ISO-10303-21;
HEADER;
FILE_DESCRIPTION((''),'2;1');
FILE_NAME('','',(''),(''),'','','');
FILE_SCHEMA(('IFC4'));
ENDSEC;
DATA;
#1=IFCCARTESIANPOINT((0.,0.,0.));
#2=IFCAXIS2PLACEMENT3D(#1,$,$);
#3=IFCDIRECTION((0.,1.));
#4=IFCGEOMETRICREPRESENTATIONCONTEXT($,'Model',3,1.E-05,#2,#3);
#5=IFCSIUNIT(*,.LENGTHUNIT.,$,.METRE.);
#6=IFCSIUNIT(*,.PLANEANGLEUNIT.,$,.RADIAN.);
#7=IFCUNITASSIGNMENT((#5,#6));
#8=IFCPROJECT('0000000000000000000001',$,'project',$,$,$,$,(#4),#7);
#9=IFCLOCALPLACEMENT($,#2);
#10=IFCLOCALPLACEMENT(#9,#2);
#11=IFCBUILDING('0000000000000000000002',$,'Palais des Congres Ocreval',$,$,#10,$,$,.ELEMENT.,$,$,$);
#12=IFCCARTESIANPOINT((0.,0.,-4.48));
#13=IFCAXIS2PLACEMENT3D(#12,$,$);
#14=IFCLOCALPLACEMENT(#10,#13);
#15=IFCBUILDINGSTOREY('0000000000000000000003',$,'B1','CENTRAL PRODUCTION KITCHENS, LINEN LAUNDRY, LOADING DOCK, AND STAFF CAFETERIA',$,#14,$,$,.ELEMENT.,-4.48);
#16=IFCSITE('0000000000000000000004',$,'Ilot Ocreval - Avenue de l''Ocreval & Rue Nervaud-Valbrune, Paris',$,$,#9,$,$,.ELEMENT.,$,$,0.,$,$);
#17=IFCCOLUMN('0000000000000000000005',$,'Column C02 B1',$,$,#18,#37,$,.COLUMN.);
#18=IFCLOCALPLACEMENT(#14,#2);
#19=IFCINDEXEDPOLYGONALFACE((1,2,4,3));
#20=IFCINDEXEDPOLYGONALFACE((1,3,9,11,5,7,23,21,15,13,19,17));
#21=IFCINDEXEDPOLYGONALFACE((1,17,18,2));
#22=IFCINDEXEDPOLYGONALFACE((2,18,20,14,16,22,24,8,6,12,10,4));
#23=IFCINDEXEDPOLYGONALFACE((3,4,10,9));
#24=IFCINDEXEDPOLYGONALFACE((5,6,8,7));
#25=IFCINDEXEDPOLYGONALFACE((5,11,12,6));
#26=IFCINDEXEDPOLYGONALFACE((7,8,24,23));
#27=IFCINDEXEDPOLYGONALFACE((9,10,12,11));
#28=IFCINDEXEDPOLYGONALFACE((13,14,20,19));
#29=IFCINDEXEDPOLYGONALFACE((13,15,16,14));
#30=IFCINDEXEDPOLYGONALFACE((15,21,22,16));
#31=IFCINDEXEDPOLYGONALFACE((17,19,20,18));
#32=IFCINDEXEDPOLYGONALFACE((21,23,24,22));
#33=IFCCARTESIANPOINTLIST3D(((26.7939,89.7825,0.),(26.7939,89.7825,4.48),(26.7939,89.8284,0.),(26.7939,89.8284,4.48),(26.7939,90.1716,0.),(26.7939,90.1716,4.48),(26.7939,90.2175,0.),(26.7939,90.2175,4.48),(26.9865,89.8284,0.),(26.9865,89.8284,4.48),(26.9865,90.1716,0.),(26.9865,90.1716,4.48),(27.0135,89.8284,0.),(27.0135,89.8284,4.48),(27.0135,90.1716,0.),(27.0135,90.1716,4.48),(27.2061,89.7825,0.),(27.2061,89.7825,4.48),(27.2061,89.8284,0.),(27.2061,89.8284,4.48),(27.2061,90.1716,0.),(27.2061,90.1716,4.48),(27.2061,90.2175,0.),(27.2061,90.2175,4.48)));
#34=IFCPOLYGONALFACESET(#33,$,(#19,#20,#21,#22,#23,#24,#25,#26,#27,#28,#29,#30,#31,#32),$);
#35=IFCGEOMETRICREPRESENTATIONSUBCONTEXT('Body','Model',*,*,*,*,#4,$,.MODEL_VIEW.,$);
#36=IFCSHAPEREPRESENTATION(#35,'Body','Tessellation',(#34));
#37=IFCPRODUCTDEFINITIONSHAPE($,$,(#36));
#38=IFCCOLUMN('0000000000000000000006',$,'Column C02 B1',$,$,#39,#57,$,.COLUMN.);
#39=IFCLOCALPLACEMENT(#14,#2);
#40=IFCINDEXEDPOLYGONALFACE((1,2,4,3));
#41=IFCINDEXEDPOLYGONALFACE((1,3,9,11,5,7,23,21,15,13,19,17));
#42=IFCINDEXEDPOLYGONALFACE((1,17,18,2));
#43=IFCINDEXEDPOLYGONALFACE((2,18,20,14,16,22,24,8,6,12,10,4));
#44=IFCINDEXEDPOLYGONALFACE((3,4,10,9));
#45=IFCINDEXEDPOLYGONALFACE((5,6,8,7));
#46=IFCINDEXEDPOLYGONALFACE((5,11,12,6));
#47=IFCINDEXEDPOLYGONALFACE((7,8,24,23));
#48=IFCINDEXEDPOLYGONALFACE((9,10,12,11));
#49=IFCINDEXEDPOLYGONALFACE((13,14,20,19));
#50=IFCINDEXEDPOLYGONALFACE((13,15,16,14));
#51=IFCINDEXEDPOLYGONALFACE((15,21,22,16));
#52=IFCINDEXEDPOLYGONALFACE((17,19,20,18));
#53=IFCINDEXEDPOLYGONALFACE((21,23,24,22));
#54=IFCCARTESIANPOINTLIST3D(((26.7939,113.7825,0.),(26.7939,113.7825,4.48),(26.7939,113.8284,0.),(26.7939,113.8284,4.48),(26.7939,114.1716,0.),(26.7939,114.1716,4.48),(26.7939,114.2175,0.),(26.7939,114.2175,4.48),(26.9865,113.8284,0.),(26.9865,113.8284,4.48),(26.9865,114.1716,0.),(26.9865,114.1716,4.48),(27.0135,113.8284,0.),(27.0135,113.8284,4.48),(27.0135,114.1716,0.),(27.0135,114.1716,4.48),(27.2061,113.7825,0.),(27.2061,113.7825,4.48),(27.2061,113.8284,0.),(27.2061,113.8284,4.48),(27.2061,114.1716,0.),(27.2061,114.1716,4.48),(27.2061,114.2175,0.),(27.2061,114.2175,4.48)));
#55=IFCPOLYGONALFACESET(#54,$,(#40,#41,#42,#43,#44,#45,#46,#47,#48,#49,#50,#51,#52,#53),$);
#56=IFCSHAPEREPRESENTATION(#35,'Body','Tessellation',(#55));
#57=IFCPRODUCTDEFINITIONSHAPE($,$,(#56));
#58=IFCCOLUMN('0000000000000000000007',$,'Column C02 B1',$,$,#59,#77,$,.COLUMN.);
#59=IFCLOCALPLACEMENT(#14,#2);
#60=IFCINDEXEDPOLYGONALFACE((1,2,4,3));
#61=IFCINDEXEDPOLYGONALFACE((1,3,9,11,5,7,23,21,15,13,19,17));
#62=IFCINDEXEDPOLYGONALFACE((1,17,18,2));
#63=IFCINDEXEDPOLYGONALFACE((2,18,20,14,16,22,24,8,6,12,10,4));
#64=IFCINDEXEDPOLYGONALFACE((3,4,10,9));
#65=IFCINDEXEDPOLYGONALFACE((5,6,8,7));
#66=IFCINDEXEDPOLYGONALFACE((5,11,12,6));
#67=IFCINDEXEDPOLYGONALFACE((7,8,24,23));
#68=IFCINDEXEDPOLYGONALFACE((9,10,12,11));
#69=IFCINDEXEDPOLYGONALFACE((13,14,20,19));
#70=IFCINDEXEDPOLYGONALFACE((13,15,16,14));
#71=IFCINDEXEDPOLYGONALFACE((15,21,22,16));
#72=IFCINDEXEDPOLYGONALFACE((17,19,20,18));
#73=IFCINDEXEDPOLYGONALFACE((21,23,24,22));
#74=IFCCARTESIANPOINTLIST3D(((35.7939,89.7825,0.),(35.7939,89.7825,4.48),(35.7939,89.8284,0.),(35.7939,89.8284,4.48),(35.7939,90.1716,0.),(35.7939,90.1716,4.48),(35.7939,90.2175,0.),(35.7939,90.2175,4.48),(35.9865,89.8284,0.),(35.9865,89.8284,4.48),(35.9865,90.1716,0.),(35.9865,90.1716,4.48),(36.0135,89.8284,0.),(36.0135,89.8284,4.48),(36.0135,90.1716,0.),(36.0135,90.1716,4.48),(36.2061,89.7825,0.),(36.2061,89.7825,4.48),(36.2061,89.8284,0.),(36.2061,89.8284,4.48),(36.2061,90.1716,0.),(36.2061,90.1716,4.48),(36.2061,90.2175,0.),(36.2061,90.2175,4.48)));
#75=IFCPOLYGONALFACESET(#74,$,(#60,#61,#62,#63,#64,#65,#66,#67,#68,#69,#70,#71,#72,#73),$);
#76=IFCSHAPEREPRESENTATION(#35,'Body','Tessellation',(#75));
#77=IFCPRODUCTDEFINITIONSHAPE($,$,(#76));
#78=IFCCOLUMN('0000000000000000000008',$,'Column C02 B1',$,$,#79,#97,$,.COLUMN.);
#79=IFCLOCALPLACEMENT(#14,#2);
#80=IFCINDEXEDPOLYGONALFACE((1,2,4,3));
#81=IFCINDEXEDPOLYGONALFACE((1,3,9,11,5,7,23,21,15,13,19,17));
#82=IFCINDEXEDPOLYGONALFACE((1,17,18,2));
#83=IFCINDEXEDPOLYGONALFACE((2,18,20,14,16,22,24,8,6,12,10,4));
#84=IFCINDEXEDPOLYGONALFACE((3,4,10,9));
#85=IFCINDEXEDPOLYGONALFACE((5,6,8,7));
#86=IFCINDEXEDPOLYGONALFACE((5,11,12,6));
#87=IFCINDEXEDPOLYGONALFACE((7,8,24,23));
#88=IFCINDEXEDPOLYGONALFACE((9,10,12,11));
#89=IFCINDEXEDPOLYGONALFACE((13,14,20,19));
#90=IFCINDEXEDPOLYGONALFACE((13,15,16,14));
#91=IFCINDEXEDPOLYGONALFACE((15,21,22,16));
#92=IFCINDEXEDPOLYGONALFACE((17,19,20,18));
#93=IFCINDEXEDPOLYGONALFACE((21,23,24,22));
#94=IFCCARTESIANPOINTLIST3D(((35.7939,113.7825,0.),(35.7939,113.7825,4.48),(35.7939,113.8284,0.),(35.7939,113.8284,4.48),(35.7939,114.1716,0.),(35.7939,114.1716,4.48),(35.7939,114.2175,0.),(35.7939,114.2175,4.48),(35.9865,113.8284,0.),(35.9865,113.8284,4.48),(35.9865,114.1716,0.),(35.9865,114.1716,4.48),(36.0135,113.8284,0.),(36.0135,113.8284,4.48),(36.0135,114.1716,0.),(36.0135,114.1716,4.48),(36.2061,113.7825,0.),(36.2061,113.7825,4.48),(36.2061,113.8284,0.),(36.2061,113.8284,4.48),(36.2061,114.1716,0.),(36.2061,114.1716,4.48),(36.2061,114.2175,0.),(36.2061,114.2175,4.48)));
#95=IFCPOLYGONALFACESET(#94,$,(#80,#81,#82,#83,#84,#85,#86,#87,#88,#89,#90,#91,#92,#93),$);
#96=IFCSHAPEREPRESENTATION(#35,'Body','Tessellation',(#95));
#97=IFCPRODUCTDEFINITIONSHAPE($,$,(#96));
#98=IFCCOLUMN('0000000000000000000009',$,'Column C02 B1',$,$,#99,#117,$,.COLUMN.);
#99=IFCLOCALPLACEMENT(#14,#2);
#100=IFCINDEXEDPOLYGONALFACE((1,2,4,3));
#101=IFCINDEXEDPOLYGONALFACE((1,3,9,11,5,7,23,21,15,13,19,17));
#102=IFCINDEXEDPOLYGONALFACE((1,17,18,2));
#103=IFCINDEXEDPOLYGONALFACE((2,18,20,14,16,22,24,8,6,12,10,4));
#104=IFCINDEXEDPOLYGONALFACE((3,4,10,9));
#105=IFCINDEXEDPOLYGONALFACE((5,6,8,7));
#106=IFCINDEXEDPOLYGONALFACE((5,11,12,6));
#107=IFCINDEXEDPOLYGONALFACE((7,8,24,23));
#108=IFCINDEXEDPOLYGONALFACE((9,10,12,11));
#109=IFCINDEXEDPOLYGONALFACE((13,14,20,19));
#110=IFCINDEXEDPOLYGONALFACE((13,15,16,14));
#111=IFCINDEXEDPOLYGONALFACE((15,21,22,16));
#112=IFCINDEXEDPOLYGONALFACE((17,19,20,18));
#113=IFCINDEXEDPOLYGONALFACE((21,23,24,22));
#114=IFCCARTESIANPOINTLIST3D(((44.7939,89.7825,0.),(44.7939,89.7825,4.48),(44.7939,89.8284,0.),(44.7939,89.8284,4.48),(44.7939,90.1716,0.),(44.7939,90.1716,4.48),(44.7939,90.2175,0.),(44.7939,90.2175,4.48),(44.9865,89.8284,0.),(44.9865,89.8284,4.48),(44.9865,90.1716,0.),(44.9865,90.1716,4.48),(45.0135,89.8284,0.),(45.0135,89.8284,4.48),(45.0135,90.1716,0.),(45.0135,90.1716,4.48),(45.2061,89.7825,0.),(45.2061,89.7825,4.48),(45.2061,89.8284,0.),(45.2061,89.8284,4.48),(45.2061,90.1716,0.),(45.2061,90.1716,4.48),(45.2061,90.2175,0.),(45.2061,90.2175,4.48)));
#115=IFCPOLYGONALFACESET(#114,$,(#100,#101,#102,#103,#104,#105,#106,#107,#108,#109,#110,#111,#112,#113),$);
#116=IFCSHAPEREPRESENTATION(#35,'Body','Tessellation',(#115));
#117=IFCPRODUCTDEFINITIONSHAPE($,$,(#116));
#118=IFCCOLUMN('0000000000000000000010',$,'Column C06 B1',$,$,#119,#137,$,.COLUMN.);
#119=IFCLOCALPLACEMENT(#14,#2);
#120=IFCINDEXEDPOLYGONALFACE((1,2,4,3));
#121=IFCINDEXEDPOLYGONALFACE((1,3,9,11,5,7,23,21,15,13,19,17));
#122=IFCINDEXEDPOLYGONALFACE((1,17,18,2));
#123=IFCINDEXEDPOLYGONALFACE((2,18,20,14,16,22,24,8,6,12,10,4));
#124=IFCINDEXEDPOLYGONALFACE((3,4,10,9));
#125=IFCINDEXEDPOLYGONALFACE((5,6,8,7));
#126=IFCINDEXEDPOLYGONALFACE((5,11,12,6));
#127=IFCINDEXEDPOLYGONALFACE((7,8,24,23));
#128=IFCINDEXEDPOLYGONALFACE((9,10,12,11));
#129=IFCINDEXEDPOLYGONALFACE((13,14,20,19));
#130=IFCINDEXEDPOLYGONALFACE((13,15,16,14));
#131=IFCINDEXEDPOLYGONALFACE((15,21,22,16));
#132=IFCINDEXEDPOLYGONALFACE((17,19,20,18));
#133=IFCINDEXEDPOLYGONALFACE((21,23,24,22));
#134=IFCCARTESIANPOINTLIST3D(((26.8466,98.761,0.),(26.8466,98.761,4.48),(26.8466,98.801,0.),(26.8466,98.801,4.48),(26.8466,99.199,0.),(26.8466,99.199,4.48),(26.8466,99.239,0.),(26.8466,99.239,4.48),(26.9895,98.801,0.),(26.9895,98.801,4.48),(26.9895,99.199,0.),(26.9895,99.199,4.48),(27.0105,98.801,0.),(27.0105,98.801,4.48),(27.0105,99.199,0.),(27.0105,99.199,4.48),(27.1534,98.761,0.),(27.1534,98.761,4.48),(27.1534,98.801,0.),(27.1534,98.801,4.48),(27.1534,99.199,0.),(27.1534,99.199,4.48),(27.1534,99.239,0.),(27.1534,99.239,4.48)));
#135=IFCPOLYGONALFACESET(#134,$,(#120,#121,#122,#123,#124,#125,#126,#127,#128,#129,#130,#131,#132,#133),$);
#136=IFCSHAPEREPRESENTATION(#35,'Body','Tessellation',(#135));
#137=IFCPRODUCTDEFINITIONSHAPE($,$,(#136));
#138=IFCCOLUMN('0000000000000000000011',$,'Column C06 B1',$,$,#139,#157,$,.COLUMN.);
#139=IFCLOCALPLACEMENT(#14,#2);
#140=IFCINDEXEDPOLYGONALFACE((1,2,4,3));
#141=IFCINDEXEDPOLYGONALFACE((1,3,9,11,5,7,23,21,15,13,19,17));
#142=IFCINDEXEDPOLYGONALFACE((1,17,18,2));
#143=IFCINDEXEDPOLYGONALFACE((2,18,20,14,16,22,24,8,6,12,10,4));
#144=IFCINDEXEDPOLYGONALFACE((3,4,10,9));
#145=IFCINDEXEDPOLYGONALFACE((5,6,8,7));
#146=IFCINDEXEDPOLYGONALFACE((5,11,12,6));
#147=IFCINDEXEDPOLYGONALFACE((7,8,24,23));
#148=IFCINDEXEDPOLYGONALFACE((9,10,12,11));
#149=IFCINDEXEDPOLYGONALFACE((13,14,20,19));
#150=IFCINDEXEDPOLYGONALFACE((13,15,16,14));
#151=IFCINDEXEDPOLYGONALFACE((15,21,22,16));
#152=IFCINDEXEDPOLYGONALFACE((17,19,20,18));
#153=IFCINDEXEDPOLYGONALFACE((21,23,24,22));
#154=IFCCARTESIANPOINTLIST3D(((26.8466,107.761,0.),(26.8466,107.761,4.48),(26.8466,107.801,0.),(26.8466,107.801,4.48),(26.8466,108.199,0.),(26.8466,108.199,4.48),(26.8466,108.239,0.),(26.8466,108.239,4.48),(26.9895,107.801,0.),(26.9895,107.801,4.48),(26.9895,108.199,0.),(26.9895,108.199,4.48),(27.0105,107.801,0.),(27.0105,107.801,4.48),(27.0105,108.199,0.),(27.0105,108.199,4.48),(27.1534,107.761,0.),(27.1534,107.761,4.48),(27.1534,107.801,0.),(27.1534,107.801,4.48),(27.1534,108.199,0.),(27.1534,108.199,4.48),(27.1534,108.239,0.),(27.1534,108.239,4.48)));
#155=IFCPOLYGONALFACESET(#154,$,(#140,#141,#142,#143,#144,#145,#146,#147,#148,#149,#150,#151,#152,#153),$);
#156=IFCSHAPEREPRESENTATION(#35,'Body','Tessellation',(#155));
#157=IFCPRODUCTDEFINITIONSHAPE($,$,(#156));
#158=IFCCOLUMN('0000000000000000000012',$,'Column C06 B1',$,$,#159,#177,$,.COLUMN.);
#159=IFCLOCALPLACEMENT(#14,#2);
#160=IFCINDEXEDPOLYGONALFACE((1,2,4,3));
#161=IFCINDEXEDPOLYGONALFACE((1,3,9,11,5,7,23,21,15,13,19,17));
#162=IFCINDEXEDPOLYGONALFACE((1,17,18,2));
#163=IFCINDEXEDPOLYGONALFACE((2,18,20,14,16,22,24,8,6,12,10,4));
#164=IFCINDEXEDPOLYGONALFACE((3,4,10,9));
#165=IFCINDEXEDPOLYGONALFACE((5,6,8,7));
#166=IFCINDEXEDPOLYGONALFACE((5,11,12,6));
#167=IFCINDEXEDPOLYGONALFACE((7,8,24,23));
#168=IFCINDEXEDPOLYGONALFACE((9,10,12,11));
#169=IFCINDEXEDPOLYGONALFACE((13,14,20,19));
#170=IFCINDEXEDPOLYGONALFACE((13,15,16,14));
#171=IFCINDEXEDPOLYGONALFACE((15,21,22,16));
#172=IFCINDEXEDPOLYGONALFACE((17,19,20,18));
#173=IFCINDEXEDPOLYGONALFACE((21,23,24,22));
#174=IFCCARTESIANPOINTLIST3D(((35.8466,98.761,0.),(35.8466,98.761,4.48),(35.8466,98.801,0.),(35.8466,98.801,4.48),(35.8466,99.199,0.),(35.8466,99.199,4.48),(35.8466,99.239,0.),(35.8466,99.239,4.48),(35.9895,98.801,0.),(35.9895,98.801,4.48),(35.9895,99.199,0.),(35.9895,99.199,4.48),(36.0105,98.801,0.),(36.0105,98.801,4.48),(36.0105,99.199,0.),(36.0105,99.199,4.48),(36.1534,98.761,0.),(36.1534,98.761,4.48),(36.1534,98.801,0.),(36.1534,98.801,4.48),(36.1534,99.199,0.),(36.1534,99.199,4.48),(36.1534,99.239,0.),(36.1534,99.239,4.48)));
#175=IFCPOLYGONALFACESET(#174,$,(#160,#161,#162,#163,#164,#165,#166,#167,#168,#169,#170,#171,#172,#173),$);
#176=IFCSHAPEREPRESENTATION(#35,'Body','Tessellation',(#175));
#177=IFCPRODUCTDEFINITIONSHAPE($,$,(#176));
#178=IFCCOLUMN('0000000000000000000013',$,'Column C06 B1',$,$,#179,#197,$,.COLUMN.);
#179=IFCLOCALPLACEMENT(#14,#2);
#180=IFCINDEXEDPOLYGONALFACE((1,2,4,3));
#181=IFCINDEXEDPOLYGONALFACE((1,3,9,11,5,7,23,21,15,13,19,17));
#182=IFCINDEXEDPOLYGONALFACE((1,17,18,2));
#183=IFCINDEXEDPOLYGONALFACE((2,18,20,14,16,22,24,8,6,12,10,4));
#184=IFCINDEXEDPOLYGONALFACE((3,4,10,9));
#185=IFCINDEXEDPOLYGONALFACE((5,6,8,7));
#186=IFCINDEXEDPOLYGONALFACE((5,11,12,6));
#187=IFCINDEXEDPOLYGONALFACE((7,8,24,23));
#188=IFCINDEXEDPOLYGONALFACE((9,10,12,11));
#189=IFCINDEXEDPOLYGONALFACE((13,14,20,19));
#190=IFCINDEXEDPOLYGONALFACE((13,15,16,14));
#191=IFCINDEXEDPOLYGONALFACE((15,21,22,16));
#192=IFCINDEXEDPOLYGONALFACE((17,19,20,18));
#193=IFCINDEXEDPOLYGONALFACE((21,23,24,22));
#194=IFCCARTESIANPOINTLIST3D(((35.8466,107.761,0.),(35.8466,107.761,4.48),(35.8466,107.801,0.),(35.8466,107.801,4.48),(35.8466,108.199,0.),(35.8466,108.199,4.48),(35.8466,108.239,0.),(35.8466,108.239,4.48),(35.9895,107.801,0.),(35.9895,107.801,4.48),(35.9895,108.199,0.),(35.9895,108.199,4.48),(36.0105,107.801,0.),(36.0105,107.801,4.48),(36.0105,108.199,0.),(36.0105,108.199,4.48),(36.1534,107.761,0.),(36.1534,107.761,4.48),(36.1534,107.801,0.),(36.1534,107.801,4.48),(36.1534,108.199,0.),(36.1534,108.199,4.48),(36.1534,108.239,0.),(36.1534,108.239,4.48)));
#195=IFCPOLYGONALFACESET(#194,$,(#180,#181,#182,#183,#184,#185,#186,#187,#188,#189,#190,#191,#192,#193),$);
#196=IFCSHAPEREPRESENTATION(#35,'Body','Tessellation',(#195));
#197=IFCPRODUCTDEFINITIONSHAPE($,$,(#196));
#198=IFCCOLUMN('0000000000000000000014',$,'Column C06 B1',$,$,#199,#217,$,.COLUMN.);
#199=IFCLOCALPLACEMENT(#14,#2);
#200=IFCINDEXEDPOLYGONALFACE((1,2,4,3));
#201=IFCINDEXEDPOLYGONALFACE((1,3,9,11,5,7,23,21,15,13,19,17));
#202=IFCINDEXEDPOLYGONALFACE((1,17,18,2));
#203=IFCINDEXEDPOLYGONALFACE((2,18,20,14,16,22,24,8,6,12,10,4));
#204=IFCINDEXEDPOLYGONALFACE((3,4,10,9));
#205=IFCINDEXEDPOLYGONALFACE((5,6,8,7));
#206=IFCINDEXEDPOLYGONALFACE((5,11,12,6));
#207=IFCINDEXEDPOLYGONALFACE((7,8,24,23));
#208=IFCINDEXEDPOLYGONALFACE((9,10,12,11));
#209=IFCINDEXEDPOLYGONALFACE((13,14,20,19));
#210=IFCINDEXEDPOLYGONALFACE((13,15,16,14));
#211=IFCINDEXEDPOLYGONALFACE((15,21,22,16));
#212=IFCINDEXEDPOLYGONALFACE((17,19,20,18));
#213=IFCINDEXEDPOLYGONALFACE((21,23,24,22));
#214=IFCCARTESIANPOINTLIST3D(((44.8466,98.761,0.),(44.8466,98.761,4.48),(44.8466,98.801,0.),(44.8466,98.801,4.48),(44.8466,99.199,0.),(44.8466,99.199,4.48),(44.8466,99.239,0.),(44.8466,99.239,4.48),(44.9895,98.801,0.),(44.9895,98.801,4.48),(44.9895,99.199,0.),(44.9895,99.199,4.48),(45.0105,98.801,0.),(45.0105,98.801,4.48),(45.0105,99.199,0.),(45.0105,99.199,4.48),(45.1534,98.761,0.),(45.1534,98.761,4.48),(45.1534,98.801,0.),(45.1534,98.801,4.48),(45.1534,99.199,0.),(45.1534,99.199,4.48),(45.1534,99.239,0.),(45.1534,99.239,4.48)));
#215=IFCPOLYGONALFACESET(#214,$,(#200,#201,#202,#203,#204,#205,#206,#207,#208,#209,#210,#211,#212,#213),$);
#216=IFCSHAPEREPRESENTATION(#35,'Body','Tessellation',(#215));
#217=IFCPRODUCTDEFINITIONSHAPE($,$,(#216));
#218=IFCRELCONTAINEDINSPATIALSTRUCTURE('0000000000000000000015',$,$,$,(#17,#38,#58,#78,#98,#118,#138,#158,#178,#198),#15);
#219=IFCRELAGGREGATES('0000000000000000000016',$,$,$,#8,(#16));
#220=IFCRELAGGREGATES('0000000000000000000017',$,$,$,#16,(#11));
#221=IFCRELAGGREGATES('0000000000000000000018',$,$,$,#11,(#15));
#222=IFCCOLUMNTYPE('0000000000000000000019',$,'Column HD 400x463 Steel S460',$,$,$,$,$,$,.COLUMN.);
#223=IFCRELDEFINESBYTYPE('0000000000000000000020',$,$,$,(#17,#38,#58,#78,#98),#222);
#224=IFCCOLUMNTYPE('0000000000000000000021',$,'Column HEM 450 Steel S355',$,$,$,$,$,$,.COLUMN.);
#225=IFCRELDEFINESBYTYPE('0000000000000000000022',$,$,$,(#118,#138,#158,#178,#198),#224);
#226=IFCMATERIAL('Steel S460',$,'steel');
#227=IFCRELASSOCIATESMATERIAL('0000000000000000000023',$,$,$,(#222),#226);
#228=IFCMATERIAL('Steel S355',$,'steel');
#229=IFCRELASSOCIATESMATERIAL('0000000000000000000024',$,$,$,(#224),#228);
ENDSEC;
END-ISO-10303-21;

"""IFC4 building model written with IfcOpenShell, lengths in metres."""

from ifc_helpers import new_model, si_unit, direction, frame, origin, origin_2d, place, context, subcontext, project, spatial, i_section, extrude, material, material_profile, profile_set, type_object, element, save


model = new_model("IFC4")

# Units and contexts
model_context = context("Model", 3, precision=1e-05, world=origin(), true_north=direction((0.0, 1.0)))
body_context = subcontext(model_context, "Body", "Model", "MODEL_VIEW")
ifc_project = project(units=[si_unit("LENGTHUNIT", "METRE"), si_unit("PLANEANGLEUNIT", "RADIAN")], contexts=[model_context])

# Site, building, storey
site_placement = place(None, origin())
site = spatial("IfcSite", under=ifc_project, at=site_placement, Name="Ilot Ocreval - Avenue de l'Ocreval & Rue Nervaud-Valbrune, Paris", CompositionType="ELEMENT", RefElevation=0.0)
building_placement = place(site_placement, origin())
building = spatial("IfcBuilding", under=site, at=building_placement, Name="Palais des Congres Ocreval", CompositionType="ELEMENT")
storey_placement = place(building_placement, frame((0.0, 0.0, -4.48)))
storey = spatial("IfcBuildingStorey", under=building, at=storey_placement, Name="B1", Description="CENTRAL PRODUCTION KITCHENS, LINEN LAUNDRY, LOADING DOCK, AND STAFF CAFETERIA", CompositionType="ELEMENT", Elevation=-4.48)

# Columns
ifc_material_1 = material(Name="Steel S460", Category="steel")
ifc_material_profile_1 = material_profile(ifc_material_1, i_section(OverallWidth=0.4121, OverallDepth=0.4351, WebThickness=0.0271, FlangeThickness=0.0459, at=origin_2d()), Name="HD 400x463")
ifc_profile_set_1 = profile_set([ifc_material_profile_1], Name="Steel S460")
column_type_1 = type_object("IfcColumnType", Name="Column HD 400x463 Steel S460", PredefinedType="COLUMN", material=ifc_profile_set_1)
for number, where, z_axis, x_axis, name in (
    (1, (27.0, 90.0, 0.0), (0.0, 0.0, 1.0), (1.0, 0.0, 0.0), "Column C02 B1"),
    (2, (27.0, 114.0, 0.0), (0.0, 0.0, 1.0), (1.0, 0.0, 0.0), "Column C02 B1"),
    (3, (36.0, 90.0, 0.0), (0.0, 0.0, 1.0), (1.0, 0.0, 0.0), "Column C02 B1"),
    (4, (36.0, 114.0, 0.0), (0.0, 0.0, 1.0), (1.0, 0.0, 0.0), "Column C02 B1"),
    (5, (45.0, 90.0, 0.0), (0.0, 0.0, 1.0), (1.0, 0.0, 0.0), "Column C02 B1"),
):
    element("IfcColumn", number, at=place(storey_placement, frame(where, z_axis=z_axis, x_axis=x_axis)), inside=storey, type_object=column_type_1, Name=name, PredefinedType="COLUMN", context=body_context, shape_type="SweptSolid", body=[
        extrude(i_section(OverallWidth=0.4121, OverallDepth=0.4351, WebThickness=0.0271, FlangeThickness=0.0459, at=origin_2d()), origin(), (0.0, 0.0, 1.0), 4.48),
    ])
ifc_material_2 = material(Name="Steel S355", Category="steel")
ifc_material_profile_2 = material_profile(ifc_material_2, i_section(OverallWidth=0.3069, OverallDepth=0.478, WebThickness=0.021, FlangeThickness=0.04, at=origin_2d()), Name="HEM 450")
ifc_profile_set_2 = profile_set([ifc_material_profile_2], Name="Steel S355")
column_type_2 = type_object("IfcColumnType", Name="Column HEM 450 Steel S355", PredefinedType="COLUMN", material=ifc_profile_set_2)
for number, where, z_axis, x_axis, name in (
    (6, (27.0, 99.0, 0.0), (0.0, 0.0, 1.0), (1.0, 0.0, 0.0), "Column C06 B1"),
    (7, (27.0, 108.0, 0.0), (0.0, 0.0, 1.0), (1.0, 0.0, 0.0), "Column C06 B1"),
    (8, (36.0, 99.0, 0.0), (0.0, 0.0, 1.0), (1.0, 0.0, 0.0), "Column C06 B1"),
    (9, (36.0, 108.0, 0.0), (0.0, 0.0, 1.0), (1.0, 0.0, 0.0), "Column C06 B1"),
    (10, (45.0, 99.0, 0.0), (0.0, 0.0, 1.0), (1.0, 0.0, 0.0), "Column C06 B1"),
):
    element("IfcColumn", number, at=place(storey_placement, frame(where, z_axis=z_axis, x_axis=x_axis)), inside=storey, type_object=column_type_2, Name=name, PredefinedType="COLUMN", context=body_context, shape_type="SweptSolid", body=[
        extrude(i_section(OverallWidth=0.3069, OverallDepth=0.478, WebThickness=0.021, FlangeThickness=0.04, at=origin_2d()), origin(), (0.0, 0.0, 1.0), 4.48),
    ])

save(model, "model.ifc")
